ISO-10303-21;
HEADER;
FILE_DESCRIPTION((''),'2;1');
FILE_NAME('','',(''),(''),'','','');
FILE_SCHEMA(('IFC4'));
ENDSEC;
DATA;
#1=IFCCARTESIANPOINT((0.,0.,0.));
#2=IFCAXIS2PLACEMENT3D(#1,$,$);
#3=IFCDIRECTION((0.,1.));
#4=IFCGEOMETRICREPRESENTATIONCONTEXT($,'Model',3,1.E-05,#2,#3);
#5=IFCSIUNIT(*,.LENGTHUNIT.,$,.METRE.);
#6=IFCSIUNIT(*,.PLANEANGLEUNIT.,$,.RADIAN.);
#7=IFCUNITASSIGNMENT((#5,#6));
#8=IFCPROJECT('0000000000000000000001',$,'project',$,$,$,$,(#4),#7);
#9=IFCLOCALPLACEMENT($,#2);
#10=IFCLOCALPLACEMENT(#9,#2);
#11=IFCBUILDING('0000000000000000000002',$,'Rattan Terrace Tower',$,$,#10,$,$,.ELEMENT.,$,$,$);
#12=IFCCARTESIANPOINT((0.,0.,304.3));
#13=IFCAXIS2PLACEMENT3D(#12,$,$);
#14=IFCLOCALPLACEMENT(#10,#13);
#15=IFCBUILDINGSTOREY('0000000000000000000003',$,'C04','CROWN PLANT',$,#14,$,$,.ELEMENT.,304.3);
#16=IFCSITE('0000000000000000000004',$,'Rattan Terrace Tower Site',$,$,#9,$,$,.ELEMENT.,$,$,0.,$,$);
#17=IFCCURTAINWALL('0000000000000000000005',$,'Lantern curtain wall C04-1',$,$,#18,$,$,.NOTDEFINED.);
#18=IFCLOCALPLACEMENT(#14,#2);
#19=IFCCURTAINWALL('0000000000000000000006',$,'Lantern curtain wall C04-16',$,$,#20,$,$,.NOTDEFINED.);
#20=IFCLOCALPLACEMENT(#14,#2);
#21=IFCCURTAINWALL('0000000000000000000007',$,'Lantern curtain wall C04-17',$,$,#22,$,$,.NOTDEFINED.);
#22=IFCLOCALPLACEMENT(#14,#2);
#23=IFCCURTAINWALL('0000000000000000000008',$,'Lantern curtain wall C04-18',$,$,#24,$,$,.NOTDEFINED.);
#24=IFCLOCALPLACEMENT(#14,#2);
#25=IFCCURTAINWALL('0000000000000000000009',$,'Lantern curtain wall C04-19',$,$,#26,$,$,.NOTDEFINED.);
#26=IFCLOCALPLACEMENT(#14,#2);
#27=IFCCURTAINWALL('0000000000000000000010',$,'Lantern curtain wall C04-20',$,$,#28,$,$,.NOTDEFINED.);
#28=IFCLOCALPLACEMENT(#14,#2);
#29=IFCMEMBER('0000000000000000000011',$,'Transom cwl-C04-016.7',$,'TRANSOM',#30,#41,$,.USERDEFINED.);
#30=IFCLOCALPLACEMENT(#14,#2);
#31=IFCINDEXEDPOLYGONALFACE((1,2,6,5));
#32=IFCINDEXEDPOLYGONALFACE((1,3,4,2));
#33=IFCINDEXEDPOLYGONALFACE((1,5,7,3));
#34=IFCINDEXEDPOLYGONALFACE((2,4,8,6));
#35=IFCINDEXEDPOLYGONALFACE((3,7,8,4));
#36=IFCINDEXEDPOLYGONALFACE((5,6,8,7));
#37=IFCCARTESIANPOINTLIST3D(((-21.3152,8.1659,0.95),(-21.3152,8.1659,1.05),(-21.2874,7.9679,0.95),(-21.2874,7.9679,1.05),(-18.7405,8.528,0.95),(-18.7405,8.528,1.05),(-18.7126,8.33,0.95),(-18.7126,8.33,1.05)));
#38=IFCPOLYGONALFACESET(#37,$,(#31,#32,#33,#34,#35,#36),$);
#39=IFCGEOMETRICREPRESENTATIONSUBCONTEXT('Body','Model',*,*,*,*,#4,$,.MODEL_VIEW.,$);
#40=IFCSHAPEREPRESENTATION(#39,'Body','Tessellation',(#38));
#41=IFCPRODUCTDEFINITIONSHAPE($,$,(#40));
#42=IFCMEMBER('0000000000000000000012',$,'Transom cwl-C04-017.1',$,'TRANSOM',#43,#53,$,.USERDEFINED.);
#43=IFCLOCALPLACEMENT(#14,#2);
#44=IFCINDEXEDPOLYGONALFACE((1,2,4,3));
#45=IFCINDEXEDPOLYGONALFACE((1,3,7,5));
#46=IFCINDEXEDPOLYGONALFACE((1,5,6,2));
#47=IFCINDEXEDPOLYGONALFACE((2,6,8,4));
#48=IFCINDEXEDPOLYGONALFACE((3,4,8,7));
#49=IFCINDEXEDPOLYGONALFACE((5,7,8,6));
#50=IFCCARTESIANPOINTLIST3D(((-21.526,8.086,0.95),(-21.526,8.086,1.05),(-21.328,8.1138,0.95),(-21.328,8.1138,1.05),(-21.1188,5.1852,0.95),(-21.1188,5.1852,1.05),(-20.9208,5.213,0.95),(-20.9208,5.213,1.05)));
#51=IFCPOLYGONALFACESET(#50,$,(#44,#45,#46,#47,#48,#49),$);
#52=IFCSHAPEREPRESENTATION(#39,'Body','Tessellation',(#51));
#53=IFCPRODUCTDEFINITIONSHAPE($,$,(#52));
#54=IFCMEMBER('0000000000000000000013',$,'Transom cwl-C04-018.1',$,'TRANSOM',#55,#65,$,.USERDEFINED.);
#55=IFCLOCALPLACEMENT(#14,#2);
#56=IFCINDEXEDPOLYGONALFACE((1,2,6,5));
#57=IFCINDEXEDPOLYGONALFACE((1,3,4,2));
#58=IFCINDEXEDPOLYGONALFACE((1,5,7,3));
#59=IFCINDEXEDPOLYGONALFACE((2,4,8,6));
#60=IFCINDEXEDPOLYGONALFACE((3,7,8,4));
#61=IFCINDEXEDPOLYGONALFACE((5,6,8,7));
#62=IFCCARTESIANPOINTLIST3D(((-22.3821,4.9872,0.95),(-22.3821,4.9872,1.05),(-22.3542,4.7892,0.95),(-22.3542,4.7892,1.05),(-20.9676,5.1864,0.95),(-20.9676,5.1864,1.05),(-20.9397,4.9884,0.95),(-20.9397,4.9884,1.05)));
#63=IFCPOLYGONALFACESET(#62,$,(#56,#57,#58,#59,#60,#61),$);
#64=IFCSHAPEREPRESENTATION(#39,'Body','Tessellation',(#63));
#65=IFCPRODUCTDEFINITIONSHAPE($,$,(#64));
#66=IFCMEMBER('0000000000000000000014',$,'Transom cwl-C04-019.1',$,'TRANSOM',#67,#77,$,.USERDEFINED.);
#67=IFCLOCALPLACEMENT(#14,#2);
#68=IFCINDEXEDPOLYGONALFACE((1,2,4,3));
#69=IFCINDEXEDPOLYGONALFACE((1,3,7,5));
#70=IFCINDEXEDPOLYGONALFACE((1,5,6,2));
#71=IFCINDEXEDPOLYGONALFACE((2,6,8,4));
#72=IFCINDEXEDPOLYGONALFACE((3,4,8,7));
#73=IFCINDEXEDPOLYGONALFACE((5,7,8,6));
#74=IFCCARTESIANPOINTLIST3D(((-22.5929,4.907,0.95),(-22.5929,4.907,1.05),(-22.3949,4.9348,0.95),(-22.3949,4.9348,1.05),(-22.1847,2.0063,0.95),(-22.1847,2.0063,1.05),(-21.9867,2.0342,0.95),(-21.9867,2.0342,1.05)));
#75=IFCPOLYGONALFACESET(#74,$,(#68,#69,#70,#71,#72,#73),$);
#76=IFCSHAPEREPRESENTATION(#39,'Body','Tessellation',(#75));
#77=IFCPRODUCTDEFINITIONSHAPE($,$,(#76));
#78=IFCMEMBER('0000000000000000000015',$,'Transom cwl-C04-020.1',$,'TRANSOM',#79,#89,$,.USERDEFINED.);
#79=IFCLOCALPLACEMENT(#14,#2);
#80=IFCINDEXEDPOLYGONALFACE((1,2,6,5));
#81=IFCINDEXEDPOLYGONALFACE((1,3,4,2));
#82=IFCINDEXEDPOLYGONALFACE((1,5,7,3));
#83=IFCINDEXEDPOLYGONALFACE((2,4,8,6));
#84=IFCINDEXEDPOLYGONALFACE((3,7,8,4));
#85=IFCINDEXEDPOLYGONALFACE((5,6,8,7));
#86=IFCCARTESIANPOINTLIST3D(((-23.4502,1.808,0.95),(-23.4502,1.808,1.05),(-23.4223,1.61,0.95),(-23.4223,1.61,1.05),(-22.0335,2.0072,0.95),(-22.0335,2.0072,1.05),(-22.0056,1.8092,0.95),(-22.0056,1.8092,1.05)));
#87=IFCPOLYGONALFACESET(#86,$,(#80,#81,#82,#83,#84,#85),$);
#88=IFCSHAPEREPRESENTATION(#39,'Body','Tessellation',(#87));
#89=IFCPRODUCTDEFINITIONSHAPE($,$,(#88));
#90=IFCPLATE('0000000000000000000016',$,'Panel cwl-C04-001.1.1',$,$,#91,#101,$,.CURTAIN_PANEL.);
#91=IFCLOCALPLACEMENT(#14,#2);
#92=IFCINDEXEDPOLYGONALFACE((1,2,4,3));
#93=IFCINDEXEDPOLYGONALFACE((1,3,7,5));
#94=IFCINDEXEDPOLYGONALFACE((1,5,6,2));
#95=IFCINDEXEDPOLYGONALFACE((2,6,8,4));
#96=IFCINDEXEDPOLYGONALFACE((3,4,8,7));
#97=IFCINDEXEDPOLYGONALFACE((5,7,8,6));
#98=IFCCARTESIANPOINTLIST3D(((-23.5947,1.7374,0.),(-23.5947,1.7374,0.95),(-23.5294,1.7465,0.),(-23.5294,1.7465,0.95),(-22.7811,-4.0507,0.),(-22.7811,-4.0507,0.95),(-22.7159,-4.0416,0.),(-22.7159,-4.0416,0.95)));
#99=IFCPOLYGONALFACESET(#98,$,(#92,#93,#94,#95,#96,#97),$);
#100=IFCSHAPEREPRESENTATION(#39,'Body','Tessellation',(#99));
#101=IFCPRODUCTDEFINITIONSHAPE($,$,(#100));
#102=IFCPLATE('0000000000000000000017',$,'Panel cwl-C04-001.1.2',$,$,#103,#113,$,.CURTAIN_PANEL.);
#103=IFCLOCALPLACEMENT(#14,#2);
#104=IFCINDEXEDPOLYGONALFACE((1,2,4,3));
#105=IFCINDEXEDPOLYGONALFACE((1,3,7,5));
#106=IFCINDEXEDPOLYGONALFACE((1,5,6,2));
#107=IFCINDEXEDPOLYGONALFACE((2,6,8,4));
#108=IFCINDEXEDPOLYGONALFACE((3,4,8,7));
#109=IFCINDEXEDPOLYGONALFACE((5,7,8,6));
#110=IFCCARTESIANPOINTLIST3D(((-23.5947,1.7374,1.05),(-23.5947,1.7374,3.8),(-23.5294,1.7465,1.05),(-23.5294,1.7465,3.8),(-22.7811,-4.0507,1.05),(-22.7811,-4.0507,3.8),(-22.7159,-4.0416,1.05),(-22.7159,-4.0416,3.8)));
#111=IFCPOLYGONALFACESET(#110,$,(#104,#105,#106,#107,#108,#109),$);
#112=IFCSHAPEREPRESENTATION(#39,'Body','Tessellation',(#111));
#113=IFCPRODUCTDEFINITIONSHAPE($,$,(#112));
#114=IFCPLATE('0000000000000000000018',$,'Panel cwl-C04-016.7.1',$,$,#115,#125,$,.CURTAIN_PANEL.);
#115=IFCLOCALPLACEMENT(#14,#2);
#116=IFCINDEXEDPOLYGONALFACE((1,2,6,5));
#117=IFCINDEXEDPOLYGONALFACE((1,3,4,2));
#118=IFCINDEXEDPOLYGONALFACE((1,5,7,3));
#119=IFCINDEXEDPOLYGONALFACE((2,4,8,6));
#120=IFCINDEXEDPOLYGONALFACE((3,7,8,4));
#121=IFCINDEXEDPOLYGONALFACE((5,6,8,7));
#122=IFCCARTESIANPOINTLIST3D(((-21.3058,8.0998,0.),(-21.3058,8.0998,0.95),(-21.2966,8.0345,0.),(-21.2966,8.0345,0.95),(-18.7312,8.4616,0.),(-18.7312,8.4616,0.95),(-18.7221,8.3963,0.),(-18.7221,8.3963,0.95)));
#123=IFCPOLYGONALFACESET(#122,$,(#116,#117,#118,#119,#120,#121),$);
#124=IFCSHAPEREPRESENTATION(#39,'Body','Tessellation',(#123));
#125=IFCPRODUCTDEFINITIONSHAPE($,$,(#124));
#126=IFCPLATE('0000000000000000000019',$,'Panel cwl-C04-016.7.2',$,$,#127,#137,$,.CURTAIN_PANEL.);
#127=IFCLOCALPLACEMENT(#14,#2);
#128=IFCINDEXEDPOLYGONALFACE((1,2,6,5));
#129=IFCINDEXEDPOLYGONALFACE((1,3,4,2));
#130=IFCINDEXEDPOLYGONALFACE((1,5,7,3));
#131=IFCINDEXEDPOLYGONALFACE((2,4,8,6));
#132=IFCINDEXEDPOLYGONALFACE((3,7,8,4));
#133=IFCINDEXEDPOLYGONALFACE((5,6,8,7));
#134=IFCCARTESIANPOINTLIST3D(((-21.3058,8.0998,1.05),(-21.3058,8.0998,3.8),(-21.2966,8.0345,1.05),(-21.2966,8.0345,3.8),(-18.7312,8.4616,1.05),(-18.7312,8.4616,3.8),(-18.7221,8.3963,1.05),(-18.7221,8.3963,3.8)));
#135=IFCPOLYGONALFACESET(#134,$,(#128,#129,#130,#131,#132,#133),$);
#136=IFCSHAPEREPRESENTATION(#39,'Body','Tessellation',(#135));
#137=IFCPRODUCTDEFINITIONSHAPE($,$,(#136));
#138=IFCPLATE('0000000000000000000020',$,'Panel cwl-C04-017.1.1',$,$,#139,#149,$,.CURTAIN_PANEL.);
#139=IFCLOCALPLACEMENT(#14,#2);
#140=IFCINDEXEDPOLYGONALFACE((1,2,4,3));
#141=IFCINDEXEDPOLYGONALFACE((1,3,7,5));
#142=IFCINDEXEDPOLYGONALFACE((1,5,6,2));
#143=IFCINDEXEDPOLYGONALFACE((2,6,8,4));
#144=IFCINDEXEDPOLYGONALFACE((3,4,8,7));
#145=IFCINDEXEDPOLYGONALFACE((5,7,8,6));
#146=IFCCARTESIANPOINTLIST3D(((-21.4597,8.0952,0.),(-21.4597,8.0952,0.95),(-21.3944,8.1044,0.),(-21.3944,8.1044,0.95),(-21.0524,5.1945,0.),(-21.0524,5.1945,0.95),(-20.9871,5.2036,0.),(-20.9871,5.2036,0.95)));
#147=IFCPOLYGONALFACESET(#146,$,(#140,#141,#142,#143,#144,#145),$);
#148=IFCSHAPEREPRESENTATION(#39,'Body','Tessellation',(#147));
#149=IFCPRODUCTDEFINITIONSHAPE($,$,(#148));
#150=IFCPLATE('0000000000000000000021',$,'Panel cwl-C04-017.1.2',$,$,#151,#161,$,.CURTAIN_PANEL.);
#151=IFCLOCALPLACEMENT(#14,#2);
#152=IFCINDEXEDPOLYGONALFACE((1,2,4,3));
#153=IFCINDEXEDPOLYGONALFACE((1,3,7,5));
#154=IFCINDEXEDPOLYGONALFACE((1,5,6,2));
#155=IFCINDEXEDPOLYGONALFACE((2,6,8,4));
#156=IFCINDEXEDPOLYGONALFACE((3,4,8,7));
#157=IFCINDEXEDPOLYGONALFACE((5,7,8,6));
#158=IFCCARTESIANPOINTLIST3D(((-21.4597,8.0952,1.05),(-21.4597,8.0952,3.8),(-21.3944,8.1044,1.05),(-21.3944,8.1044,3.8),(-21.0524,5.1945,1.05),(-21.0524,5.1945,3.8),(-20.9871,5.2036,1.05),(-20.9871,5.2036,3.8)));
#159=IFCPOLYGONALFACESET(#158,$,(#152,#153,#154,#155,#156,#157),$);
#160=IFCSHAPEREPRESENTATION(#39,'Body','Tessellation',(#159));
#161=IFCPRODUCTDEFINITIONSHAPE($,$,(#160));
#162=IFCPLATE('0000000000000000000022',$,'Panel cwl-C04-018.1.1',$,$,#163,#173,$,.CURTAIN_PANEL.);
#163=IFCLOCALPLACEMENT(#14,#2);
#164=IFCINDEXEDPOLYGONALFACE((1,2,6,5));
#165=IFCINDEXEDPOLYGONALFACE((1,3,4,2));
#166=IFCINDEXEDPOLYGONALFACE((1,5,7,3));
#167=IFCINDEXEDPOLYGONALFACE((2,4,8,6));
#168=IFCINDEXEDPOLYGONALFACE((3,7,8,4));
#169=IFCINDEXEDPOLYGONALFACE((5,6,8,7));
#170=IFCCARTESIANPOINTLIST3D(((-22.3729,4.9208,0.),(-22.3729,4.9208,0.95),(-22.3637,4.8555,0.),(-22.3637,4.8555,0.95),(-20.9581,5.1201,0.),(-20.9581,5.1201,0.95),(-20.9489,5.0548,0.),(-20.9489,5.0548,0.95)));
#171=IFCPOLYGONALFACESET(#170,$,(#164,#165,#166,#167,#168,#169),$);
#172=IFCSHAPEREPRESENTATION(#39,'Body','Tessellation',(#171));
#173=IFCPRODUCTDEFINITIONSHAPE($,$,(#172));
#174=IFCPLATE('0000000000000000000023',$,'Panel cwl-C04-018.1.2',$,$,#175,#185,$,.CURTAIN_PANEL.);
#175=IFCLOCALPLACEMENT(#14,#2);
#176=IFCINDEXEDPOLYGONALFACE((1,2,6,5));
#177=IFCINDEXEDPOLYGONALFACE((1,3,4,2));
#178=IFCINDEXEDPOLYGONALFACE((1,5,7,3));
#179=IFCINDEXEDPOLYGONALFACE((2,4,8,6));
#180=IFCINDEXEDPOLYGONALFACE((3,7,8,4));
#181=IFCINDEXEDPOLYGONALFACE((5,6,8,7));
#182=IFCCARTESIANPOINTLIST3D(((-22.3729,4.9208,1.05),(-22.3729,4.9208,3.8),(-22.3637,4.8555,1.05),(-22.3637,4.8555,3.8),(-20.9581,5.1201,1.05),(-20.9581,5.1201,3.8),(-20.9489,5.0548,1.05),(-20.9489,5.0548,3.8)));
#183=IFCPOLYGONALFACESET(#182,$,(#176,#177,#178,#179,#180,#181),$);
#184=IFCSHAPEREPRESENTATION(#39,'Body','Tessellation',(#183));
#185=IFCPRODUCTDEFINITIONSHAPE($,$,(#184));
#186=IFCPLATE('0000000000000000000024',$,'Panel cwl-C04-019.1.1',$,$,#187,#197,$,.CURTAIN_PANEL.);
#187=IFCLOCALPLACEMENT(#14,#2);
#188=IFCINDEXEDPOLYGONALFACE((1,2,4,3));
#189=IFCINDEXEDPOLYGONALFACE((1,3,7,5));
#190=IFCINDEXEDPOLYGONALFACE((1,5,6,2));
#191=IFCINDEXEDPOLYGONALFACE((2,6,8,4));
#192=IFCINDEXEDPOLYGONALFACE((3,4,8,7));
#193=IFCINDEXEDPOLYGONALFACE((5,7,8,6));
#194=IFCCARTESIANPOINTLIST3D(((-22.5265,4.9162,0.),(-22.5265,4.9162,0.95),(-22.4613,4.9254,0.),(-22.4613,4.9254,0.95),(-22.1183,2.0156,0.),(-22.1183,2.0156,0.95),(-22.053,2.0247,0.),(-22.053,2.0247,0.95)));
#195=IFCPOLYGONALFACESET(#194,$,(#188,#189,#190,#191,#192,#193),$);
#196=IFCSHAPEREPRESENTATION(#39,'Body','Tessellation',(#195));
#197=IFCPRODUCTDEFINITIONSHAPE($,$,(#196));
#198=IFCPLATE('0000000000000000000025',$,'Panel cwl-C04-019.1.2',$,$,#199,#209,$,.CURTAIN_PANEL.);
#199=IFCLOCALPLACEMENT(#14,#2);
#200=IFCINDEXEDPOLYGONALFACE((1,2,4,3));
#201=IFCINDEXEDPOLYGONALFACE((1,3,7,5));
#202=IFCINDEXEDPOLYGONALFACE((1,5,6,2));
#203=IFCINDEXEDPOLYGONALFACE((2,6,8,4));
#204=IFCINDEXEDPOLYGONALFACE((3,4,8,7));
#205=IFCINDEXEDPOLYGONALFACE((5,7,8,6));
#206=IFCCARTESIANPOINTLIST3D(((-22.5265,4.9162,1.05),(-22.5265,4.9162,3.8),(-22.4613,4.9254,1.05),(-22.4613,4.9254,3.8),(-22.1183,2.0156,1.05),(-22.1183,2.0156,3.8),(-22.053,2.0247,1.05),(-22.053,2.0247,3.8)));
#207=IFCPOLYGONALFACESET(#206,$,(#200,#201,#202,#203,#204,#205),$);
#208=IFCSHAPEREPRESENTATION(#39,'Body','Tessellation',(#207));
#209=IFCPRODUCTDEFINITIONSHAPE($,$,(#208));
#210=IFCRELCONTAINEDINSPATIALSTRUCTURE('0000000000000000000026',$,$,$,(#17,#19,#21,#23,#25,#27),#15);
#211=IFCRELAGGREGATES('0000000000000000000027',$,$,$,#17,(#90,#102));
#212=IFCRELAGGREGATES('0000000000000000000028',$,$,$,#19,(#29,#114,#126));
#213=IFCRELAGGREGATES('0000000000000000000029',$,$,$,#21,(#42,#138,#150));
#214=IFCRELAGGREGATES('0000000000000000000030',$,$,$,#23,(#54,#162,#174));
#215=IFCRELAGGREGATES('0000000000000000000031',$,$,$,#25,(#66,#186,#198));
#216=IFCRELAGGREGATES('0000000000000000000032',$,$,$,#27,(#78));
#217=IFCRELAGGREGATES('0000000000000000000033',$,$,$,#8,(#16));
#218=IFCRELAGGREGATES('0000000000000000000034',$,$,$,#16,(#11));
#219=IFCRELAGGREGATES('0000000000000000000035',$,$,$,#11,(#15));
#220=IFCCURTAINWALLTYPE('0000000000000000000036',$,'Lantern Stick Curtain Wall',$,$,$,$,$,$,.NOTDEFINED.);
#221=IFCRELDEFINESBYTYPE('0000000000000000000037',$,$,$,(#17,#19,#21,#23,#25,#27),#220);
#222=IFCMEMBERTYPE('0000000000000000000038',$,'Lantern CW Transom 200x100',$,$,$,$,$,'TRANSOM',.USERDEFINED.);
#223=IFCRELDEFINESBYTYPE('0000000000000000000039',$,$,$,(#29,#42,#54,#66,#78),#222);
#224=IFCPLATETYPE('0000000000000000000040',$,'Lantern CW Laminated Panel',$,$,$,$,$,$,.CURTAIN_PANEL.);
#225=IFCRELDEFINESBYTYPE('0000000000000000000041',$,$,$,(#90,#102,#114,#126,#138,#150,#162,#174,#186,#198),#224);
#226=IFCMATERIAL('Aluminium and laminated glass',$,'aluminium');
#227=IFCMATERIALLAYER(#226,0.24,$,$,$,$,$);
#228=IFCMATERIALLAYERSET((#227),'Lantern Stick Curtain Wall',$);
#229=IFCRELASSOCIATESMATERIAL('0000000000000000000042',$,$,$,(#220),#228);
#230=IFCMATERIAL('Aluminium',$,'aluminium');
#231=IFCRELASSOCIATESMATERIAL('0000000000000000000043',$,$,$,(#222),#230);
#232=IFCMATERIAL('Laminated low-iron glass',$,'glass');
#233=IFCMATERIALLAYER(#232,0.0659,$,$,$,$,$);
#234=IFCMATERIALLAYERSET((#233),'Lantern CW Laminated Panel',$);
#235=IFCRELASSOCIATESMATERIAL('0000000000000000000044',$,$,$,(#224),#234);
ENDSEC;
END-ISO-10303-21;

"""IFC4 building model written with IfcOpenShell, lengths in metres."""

from ifc_helpers import new_model, si_unit, direction, frame, origin, origin_2d, place, context, subcontext, project, spatial, rectangle, extrude, material, layer, layer_set, material_profile, profile_set, type_object, element, aggregate, save


model = new_model("IFC4")

# Units and contexts
model_context = context("Model", 3, precision=1e-05, world=origin(), true_north=direction((0.0, 1.0)))
body_context = subcontext(model_context, "Body", "Model", "MODEL_VIEW")
ifc_project = project(units=[si_unit("LENGTHUNIT", "METRE"), si_unit("PLANEANGLEUNIT", "RADIAN")], contexts=[model_context])

# Site, building, storey
site_placement = place(None, origin())
site = spatial("IfcSite", under=ifc_project, at=site_placement, Name="Rattan Terrace Tower Site", CompositionType="ELEMENT", RefElevation=0.0)
building_placement = place(site_placement, origin())
building = spatial("IfcBuilding", under=site, at=building_placement, Name="Rattan Terrace Tower", CompositionType="ELEMENT")
storey_placement = place(building_placement, frame((0.0, 0.0, 304.3)))
storey = spatial("IfcBuildingStorey", under=building, at=storey_placement, Name="C04", Description="CROWN PLANT", CompositionType="ELEMENT", Elevation=304.3)

# Curtain walls
ifc_material_1 = material(Name="Aluminium and laminated glass", Category="aluminium")
ifc_layer_1 = layer(ifc_material_1, 0.24)
ifc_layer_set_1 = layer_set([ifc_layer_1], Name="Lantern Stick Curtain Wall")
curtain_wall_type = type_object("IfcCurtainWallType", Name="Lantern Stick Curtain Wall", PredefinedType="NOTDEFINED", material=ifc_layer_set_1)
curtain_wall_1_placement = place(storey_placement, origin())
curtain_wall_1 = element("IfcCurtainWall", 1, at=curtain_wall_1_placement, inside=storey, type_object=curtain_wall_type, Name="Lantern curtain wall C04-1", PredefinedType="NOTDEFINED")
curtain_wall_2_placement = place(storey_placement, origin())
curtain_wall_2 = element("IfcCurtainWall", 2, at=curtain_wall_2_placement, inside=storey, type_object=curtain_wall_type, Name="Lantern curtain wall C04-16", PredefinedType="NOTDEFINED")
curtain_wall_3_placement = place(storey_placement, origin())
curtain_wall_3 = element("IfcCurtainWall", 3, at=curtain_wall_3_placement, inside=storey, type_object=curtain_wall_type, Name="Lantern curtain wall C04-17", PredefinedType="NOTDEFINED")
curtain_wall_4_placement = place(storey_placement, origin())
curtain_wall_4 = element("IfcCurtainWall", 4, at=curtain_wall_4_placement, inside=storey, type_object=curtain_wall_type, Name="Lantern curtain wall C04-18", PredefinedType="NOTDEFINED")
curtain_wall_5_placement = place(storey_placement, origin())
curtain_wall_5 = element("IfcCurtainWall", 5, at=curtain_wall_5_placement, inside=storey, type_object=curtain_wall_type, Name="Lantern curtain wall C04-19", PredefinedType="NOTDEFINED")
curtain_wall_6_placement = place(storey_placement, origin())
curtain_wall_6 = element("IfcCurtainWall", 6, at=curtain_wall_6_placement, inside=storey, type_object=curtain_wall_type, Name="Lantern curtain wall C04-20", PredefinedType="NOTDEFINED")

# Members
ifc_material_2 = material(Name="Aluminium", Category="aluminium")
ifc_material_profile_1 = material_profile(ifc_material_2, rectangle(XDim=0.2, YDim=0.1001, at=origin_2d()), Name="Aluminium 200x100")
ifc_profile_set_1 = profile_set([ifc_material_profile_1], Name="Aluminium")
member_type_1 = type_object("IfcMemberType", Name="Lantern CW Transom 200x100", ElementType="TRANSOM", PredefinedType="USERDEFINED", material=ifc_profile_set_1)
member_1_placement = place(storey_placement, frame((-18.7266, 8.429, 1.0), z_axis=(-0.990257, -0.139252, 0.0), x_axis=(0.139252, -0.990257, 0.0)))
member_1 = element("IfcMember", 7, at=member_1_placement, type_object=member_type_1, Name="Transom cwl-C04-016.7", ObjectType="TRANSOM", PredefinedType="USERDEFINED", context=body_context, shape_type="SweptSolid", body=[
    extrude(rectangle(XDim=0.2, YDim=0.1001, at=origin_2d()), origin(), (0.0, 0.0, 1.0), 2.6001),
])
member_2_placement = place(storey_placement, frame((-21.427, 8.0999, 1.0), z_axis=(0.139029, -0.990288, 0.0), x_axis=(0.990288, 0.139029, 0.0)))
member_2 = element("IfcMember", 8, at=member_2_placement, type_object=member_type_1, Name="Transom cwl-C04-017.1", ObjectType="TRANSOM", PredefinedType="USERDEFINED", context=body_context, shape_type="SweptSolid", body=[
    extrude(rectangle(XDim=0.2, YDim=0.1001, at=origin_2d()), origin(), (0.0, 0.0, 1.0), 2.9292),
])
member_3_placement = place(storey_placement, frame((-20.9536, 5.0874, 1.0), z_axis=(-0.990228, -0.139459, 0.0), x_axis=(0.139459, -0.990228, 0.0)))
member_3 = element("IfcMember", 9, at=member_3_placement, type_object=member_type_1, Name="Transom cwl-C04-018.1", ObjectType="TRANSOM", PredefinedType="USERDEFINED", context=body_context, shape_type="SweptSolid", body=[
    extrude(rectangle(XDim=0.2, YDim=0.1001, at=origin_2d()), origin(), (0.0, 0.0, 1.0), 1.4285),
])
member_4_placement = place(storey_placement, frame((-22.4939, 4.9209, 1.0), z_axis=(0.139356, -0.990242, 0.0), x_axis=(0.990242, 0.139356, 0.0)))
member_4 = element("IfcMember", 10, at=member_4_placement, type_object=member_type_1, Name="Transom cwl-C04-019.1", ObjectType="TRANSOM", PredefinedType="USERDEFINED", context=body_context, shape_type="SweptSolid", body=[
    extrude(rectangle(XDim=0.2, YDim=0.1001, at=origin_2d()), origin(), (0.0, 0.0, 1.0), 2.9292),
])
member_5_placement = place(storey_placement, frame((-22.0195, 1.9082, 1.0), z_axis=(-0.990258, -0.139247, 0.0), x_axis=(0.139247, -0.990258, 0.0)))
member_5 = element("IfcMember", 11, at=member_5_placement, type_object=member_type_1, Name="Transom cwl-C04-020.1", ObjectType="TRANSOM", PredefinedType="USERDEFINED", context=body_context, shape_type="SweptSolid", body=[
    extrude(rectangle(XDim=0.2, YDim=0.1001, at=origin_2d()), origin(), (0.0, 0.0, 1.0), 1.4307),
])

# Plates
ifc_material_3 = material(Name="Laminated low-iron glass", Category="glass")
ifc_layer_2 = layer(ifc_material_3, 0.0659)
ifc_layer_set_2 = layer_set([ifc_layer_2], Name="Lantern CW Laminated Panel")
plate_type = type_object("IfcPlateType", Name="Lantern CW Laminated Panel", PredefinedType="CURTAIN_PANEL", material=ifc_layer_set_2)
plate_1_placement = place(storey_placement, frame((-23.1553, -1.1521, 0.0), z_axis=(0.0, 0.0, 1.0), x_axis=(0.139188, -0.990266, 0.0)))
plate_1 = element("IfcPlate", 12, at=plate_1_placement, type_object=plate_type, Name="Panel cwl-C04-001.1.1", PredefinedType="CURTAIN_PANEL", context=body_context, shape_type="SweptSolid", body=[
    extrude(rectangle(XDim=5.845, YDim=0.0659, at=origin_2d()), origin(), (0.0, 0.0, 1.0), 0.95),
])
plate_2_placement = place(storey_placement, frame((-23.1553, -1.1521, 1.05), z_axis=(0.0, 0.0, 1.0), x_axis=(0.139188, -0.990266, 0.0)))
plate_2 = element("IfcPlate", 13, at=plate_2_placement, type_object=plate_type, Name="Panel cwl-C04-001.1.2", PredefinedType="CURTAIN_PANEL", context=body_context, shape_type="SweptSolid", body=[
    extrude(rectangle(XDim=5.845, YDim=0.0659, at=origin_2d()), origin(), (0.0, 0.0, 1.0), 2.75),
])
aggregate(curtain_wall_1, [plate_1, plate_2])
plate_3_placement = place(storey_placement, frame((-20.0139, 8.248, 0.0), z_axis=(0.0, 0.0, 1.0), x_axis=(-0.990267, -0.139181, 0.0)))
plate_3 = element("IfcPlate", 14, at=plate_3_placement, type_object=plate_type, Name="Panel cwl-C04-016.7.1", PredefinedType="CURTAIN_PANEL", context=body_context, shape_type="SweptSolid", body=[
    extrude(rectangle(XDim=2.5999, YDim=0.0659, at=origin_2d()), origin(), (0.0, 0.0, 1.0), 0.95),
])
plate_4_placement = place(storey_placement, frame((-20.0139, 8.248, 1.05), z_axis=(0.0, 0.0, 1.0), x_axis=(-0.990267, -0.139181, 0.0)))
plate_4 = element("IfcPlate", 15, at=plate_4_placement, type_object=plate_type, Name="Panel cwl-C04-016.7.2", PredefinedType="CURTAIN_PANEL", context=body_context, shape_type="SweptSolid", body=[
    extrude(rectangle(XDim=2.5999, YDim=0.0659, at=origin_2d()), origin(), (0.0, 0.0, 1.0), 2.75),
])
aggregate(curtain_wall_2, [member_1, plate_3, plate_4])
plate_5_placement = place(storey_placement, frame((-21.2234, 6.6494, 0.0), z_axis=(0.0, 0.0, 1.0), x_axis=(0.13904, -0.990287, 0.0)))
plate_5 = element("IfcPlate", 16, at=plate_5_placement, type_object=plate_type, Name="Panel cwl-C04-017.1.1", PredefinedType="CURTAIN_PANEL", context=body_context, shape_type="SweptSolid", body=[
    extrude(rectangle(XDim=2.9292, YDim=0.0659, at=origin_2d()), origin(), (0.0, 0.0, 1.0), 0.95),
])
plate_6_placement = place(storey_placement, frame((-21.2234, 6.6494, 1.05), z_axis=(0.0, 0.0, 1.0), x_axis=(0.13904, -0.990287, 0.0)))
plate_6 = element("IfcPlate", 17, at=plate_6_placement, type_object=plate_type, Name="Panel cwl-C04-017.1.2", PredefinedType="CURTAIN_PANEL", context=body_context, shape_type="SweptSolid", body=[
    extrude(rectangle(XDim=2.9292, YDim=0.0659, at=origin_2d()), origin(), (0.0, 0.0, 1.0), 2.75),
])
aggregate(curtain_wall_3, [member_2, plate_5, plate_6])
plate_7_placement = place(storey_placement, frame((-21.6609, 4.9878, 0.0), z_axis=(0.0, 0.0, 1.0), x_axis=(-0.990228, -0.139459, 0.0)))
plate_7 = element("IfcPlate", 18, at=plate_7_placement, type_object=plate_type, Name="Panel cwl-C04-018.1.1", PredefinedType="CURTAIN_PANEL", context=body_context, shape_type="SweptSolid", body=[
    extrude(rectangle(XDim=1.4287, YDim=0.0659, at=origin_2d()), origin(), (0.0, 0.0, 1.0), 0.95),
])
plate_8_placement = place(storey_placement, frame((-21.6609, 4.9878, 1.05), z_axis=(0.0, 0.0, 1.0), x_axis=(-0.990228, -0.139459, 0.0)))
plate_8 = element("IfcPlate", 19, at=plate_8_placement, type_object=plate_type, Name="Panel cwl-C04-018.1.2", PredefinedType="CURTAIN_PANEL", context=body_context, shape_type="SweptSolid", body=[
    extrude(rectangle(XDim=1.4287, YDim=0.0659, at=origin_2d()), origin(), (0.0, 0.0, 1.0), 2.75),
])
aggregate(curtain_wall_4, [member_3, plate_7, plate_8])
plate_9_placement = place(storey_placement, frame((-22.2898, 3.4705, 0.0), z_axis=(0.0, 0.0, 1.0), x_axis=(0.139367, -0.990241, 0.0)))
plate_9 = element("IfcPlate", 20, at=plate_9_placement, type_object=plate_type, Name="Panel cwl-C04-019.1.1", PredefinedType="CURTAIN_PANEL", context=body_context, shape_type="SweptSolid", body=[
    extrude(rectangle(XDim=2.9292, YDim=0.0659, at=origin_2d()), origin(), (0.0, 0.0, 1.0), 0.95),
])
plate_10_placement = place(storey_placement, frame((-22.2898, 3.4705, 1.05), z_axis=(0.0, 0.0, 1.0), x_axis=(0.139367, -0.990241, 0.0)))
plate_10 = element("IfcPlate", 21, at=plate_10_placement, type_object=plate_type, Name="Panel cwl-C04-019.1.2", PredefinedType="CURTAIN_PANEL", context=body_context, shape_type="SweptSolid", body=[
    extrude(rectangle(XDim=2.9292, YDim=0.0659, at=origin_2d()), origin(), (0.0, 0.0, 1.0), 2.75),
])
aggregate(curtain_wall_5, [member_4, plate_9, plate_10])
aggregate(curtain_wall_6, [member_5])

save(model, "model.ifc")
